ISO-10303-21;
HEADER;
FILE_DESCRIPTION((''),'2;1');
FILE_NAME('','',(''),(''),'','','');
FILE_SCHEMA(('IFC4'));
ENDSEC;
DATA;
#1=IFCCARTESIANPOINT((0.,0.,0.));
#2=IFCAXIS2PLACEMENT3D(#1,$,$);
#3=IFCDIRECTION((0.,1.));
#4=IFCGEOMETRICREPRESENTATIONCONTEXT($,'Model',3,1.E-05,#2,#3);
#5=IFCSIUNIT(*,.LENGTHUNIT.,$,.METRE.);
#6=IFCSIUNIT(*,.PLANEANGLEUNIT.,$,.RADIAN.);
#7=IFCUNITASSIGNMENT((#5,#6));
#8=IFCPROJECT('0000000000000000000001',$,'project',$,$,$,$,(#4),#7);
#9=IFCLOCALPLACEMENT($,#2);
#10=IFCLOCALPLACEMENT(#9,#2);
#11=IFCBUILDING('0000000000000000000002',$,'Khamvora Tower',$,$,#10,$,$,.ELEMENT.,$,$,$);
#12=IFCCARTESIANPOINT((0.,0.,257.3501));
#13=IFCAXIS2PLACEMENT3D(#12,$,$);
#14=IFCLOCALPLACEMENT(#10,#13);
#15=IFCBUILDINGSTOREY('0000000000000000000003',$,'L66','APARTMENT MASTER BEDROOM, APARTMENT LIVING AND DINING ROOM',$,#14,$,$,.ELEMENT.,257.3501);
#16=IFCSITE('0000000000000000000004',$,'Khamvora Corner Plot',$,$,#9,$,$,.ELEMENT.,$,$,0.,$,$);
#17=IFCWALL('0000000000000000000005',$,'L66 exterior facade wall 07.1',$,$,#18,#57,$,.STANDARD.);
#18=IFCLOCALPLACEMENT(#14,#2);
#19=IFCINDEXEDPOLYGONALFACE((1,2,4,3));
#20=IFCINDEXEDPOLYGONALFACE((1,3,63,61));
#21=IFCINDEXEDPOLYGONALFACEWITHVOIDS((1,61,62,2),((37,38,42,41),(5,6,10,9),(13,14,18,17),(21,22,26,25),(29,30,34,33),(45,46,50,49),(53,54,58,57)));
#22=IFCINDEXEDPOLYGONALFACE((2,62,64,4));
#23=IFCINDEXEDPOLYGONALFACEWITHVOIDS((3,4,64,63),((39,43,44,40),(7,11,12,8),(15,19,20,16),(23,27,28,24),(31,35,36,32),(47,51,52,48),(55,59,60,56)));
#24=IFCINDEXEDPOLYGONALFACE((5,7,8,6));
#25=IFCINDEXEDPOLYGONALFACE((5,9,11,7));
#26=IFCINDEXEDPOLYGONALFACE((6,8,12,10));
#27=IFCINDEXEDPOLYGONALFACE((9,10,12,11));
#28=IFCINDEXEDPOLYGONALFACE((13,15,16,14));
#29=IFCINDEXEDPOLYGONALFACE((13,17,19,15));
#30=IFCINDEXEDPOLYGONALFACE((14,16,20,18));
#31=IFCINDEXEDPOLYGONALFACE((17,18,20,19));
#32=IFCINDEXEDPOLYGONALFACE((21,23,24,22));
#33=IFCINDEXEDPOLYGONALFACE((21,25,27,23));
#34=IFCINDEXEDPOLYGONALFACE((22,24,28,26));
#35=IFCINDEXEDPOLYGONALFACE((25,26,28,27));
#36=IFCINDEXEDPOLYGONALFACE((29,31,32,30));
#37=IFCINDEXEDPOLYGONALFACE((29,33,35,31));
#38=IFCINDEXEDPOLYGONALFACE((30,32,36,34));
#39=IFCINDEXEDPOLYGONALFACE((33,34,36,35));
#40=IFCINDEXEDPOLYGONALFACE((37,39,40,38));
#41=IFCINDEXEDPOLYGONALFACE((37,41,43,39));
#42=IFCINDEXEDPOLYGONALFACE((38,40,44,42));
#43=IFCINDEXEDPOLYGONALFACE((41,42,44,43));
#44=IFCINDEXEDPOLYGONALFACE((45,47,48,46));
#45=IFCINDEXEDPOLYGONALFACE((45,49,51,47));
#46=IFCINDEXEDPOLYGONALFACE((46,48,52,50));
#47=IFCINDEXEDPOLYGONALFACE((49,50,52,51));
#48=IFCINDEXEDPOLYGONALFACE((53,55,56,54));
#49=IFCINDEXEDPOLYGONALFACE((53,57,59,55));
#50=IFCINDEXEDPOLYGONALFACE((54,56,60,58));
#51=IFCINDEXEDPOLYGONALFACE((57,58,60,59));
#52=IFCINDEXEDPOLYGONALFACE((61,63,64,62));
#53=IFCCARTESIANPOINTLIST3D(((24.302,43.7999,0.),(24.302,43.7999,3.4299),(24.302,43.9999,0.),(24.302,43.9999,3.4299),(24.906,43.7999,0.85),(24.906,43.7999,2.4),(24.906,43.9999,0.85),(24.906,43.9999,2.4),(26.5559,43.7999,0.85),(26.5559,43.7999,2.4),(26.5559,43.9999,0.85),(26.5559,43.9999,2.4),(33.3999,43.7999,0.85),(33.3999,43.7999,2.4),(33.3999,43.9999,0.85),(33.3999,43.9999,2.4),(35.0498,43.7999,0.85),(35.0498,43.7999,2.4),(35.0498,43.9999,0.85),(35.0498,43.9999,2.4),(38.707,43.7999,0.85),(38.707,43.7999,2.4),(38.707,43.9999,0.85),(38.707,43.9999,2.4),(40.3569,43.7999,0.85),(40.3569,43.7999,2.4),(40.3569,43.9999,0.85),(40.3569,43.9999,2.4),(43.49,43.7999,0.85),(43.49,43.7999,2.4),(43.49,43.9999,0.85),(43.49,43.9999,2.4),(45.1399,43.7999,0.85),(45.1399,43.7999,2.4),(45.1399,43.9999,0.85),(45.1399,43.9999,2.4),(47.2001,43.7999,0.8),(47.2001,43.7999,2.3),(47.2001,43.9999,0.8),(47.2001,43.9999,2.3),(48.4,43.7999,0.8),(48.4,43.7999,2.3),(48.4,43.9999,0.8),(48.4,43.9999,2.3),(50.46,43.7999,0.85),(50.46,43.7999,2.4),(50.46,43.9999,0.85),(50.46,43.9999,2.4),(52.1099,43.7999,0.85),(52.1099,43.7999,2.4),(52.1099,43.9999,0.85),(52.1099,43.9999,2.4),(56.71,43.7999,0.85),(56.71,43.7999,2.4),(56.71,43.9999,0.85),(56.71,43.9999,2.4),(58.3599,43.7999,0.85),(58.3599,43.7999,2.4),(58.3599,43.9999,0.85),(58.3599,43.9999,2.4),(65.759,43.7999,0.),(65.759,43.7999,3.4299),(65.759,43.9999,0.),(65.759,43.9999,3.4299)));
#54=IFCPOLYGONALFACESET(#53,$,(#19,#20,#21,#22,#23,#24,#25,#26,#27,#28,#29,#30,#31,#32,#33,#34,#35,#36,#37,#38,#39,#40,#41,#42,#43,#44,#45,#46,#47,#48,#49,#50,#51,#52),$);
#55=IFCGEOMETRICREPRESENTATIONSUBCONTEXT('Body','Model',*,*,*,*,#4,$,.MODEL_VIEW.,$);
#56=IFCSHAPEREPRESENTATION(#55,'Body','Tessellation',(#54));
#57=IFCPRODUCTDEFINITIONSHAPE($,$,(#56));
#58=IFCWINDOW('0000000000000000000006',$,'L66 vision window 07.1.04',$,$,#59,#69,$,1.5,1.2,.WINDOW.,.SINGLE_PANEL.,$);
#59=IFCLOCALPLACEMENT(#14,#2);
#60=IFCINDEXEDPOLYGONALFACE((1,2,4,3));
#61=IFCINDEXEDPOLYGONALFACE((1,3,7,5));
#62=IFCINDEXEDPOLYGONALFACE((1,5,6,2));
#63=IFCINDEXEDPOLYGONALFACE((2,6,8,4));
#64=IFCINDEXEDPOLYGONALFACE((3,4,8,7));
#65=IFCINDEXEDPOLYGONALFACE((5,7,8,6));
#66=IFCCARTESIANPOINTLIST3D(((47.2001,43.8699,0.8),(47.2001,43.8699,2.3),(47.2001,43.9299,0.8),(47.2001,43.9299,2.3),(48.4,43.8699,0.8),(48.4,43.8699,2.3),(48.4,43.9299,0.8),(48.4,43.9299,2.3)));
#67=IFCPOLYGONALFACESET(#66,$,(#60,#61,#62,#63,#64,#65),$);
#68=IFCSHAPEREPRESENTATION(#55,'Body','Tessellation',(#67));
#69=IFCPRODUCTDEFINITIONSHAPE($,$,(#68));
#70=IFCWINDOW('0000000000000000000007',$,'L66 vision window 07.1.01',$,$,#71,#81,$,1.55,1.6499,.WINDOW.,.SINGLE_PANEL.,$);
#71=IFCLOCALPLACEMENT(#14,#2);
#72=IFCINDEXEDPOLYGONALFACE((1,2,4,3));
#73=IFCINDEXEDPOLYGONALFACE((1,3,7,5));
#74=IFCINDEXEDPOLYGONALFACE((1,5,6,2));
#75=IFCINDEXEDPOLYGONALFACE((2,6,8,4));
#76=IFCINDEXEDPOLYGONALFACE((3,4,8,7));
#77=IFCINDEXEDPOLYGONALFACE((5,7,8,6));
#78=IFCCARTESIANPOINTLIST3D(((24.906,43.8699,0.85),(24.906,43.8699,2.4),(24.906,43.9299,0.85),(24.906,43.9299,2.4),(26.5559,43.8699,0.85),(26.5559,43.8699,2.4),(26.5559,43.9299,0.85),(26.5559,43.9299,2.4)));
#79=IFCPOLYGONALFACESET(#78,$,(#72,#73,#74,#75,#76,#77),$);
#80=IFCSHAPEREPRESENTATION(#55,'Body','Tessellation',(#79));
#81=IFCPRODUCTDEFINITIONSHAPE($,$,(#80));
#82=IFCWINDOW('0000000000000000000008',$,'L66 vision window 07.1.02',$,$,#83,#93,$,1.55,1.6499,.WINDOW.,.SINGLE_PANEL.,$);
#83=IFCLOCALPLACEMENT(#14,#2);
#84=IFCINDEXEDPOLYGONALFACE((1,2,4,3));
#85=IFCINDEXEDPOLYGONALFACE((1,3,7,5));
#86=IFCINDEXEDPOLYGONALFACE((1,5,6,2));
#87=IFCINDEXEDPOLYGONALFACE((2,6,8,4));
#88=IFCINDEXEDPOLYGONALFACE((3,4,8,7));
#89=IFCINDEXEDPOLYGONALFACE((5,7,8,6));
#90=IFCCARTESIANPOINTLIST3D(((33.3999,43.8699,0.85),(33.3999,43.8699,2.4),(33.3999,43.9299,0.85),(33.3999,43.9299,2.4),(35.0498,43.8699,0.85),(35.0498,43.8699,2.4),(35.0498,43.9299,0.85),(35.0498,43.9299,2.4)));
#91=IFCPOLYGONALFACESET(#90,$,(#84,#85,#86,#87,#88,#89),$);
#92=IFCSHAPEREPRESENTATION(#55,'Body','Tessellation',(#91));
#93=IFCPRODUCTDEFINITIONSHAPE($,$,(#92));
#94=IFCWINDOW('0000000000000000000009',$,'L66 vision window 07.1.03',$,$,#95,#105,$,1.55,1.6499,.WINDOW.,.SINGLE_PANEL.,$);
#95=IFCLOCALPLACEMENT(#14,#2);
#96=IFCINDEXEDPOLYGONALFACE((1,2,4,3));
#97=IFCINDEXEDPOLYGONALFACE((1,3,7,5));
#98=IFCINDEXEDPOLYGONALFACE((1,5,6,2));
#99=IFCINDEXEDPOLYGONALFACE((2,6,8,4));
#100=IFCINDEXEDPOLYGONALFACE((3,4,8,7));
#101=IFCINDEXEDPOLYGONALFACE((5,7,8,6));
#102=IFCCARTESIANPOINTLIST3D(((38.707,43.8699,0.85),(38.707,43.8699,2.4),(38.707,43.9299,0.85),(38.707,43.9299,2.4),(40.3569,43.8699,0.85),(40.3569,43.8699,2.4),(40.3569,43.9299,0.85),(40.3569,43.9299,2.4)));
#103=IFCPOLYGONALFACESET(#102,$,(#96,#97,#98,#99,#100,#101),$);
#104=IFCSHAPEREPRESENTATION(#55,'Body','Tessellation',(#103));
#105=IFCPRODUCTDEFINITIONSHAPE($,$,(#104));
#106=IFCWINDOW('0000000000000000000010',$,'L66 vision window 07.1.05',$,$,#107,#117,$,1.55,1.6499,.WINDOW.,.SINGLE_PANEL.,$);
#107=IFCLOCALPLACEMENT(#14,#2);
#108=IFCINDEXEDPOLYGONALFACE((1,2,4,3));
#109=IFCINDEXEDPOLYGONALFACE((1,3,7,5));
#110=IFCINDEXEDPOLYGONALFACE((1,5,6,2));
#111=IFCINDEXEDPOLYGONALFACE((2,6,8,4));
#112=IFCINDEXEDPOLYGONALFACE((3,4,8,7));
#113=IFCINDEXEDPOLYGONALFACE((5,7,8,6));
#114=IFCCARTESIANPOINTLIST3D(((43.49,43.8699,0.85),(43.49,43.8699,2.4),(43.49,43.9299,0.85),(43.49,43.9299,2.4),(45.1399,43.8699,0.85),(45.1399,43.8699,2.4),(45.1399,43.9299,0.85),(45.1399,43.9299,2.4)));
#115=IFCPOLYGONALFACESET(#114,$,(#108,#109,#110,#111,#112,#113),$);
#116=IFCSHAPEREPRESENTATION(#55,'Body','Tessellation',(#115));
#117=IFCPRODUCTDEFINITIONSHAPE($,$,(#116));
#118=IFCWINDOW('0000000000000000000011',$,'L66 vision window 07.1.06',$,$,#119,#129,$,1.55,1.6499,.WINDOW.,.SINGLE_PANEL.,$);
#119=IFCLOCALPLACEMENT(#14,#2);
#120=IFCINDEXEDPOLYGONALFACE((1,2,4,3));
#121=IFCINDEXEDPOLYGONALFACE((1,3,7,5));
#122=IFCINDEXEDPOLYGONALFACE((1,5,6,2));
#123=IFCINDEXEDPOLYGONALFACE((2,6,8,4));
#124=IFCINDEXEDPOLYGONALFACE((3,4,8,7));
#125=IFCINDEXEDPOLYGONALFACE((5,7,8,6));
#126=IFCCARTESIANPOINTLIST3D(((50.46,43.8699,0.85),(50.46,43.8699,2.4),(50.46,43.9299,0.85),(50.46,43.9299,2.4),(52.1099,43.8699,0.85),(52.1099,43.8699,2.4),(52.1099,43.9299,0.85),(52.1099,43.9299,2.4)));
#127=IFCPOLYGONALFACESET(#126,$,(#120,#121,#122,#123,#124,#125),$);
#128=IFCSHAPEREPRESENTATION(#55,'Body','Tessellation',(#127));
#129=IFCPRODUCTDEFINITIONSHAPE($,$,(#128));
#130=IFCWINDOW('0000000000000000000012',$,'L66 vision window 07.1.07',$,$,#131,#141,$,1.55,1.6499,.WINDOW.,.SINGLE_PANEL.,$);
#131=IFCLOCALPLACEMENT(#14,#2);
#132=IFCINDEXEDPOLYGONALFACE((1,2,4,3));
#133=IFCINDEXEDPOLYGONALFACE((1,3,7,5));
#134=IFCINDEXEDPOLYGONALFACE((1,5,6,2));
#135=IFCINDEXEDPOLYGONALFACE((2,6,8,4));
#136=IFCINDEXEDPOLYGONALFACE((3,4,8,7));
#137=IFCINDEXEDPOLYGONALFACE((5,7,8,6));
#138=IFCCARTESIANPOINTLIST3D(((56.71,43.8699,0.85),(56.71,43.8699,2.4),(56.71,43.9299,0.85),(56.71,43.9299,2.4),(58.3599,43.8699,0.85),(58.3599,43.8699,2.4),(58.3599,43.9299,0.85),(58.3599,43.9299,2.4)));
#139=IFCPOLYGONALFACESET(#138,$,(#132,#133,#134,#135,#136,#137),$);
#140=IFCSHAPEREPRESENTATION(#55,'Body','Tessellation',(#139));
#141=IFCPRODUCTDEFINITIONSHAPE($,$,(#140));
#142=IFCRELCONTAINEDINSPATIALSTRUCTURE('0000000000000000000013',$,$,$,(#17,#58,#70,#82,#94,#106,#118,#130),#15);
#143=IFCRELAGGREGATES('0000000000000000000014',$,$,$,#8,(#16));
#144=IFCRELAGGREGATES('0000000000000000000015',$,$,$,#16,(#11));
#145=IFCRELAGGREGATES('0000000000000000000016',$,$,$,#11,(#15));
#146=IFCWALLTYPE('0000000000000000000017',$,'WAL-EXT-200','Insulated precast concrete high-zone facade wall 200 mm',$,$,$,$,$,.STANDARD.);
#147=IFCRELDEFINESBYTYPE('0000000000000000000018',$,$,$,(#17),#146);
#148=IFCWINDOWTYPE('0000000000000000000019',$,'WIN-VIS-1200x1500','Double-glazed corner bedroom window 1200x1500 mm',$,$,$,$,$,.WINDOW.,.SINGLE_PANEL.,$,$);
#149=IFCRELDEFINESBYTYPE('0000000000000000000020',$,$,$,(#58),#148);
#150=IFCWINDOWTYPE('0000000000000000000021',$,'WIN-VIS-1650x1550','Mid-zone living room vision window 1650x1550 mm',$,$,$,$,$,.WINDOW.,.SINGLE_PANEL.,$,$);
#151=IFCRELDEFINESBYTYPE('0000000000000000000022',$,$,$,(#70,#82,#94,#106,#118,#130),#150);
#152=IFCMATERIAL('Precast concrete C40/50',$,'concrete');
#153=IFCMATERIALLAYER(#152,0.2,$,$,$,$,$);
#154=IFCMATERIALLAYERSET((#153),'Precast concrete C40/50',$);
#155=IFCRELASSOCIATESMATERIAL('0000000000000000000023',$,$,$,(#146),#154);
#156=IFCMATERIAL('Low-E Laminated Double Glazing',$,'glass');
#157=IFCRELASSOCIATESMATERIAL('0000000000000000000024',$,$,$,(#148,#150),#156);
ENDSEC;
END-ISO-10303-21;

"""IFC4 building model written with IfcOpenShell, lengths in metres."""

from ifc_helpers import new_model, si_unit, direction, frame, frame_2d, origin, place, context, subcontext, project, spatial, rectangle, extrude, material, layer, layer_set, type_object, element, fill, save


model = new_model("IFC4")

# Units and contexts
model_context = context("Model", 3, precision=1e-05, world=origin(), true_north=direction((0.0, 1.0)))
body_context = subcontext(model_context, "Body", "Model", "MODEL_VIEW")
ifc_project = project(units=[si_unit("LENGTHUNIT", "METRE"), si_unit("PLANEANGLEUNIT", "RADIAN")], contexts=[model_context])

# Site, building, storey
site_placement = place(None, origin())
site = spatial("IfcSite", under=ifc_project, at=site_placement, Name="Khamvora Corner Plot", CompositionType="ELEMENT", RefElevation=0.0)
building_placement = place(site_placement, origin())
building = spatial("IfcBuilding", under=site, at=building_placement, Name="Khamvora Tower", CompositionType="ELEMENT")
storey_placement = place(building_placement, frame((0.0, 0.0, 257.3501)))
storey = spatial("IfcBuildingStorey", under=building, at=storey_placement, Name="L66", Description="APARTMENT MASTER BEDROOM, APARTMENT LIVING AND DINING ROOM", CompositionType="ELEMENT", Elevation=257.3501)

# Shared definitions
ifc_material_1 = material(Name="Precast concrete C40/50", Category="concrete")
ifc_layer_1 = layer(ifc_material_1, 0.2)
ifc_layer_set_1 = layer_set([ifc_layer_1], Name="Precast concrete C40/50")
wall_type_1 = type_object("IfcWallType", Name="WAL-EXT-200", Description="Insulated precast concrete high-zone facade wall 200 mm", PredefinedType="STANDARD", material=ifc_layer_set_1)

# Wall, openings, windows
wall_1_placement = place(storey_placement, frame((24.302, 43.8999, 0.0), z_axis=(0.0, 0.0, 1.0), x_axis=(1.0, 0.0, 0.0)))
wall_1 = element("IfcWall", 1, at=wall_1_placement, inside=storey, type_object=wall_type_1, Name="L66 exterior facade wall 07.1", PredefinedType="STANDARD", context=body_context, shape_type="SweptSolid", body=[
    extrude(rectangle(XDim=41.457, YDim=0.2, at=frame_2d((20.7285, 0.0))), origin(), (0.0, 0.0, 1.0), 3.4299),
])
opening_1_placement = place(wall_1_placement, frame((0.604, 0.0, 0.8501)))
opening_1 = element("IfcOpeningElement", 2, at=opening_1_placement, cuts=wall_1, PredefinedType="OPENING", context=body_context, shape_type="SweptSolid", body=[
    extrude(rectangle(XDim=1.6499, YDim=1.55, at=frame_2d((0.825, 0.7749))), frame((0.0, 0.1099, 0.0), z_axis=(0.0, -1.0, 0.0), x_axis=(1.0, 0.0, 0.0)), (0.0, 0.0, 1.0), 0.22),
])
opening_2_placement = place(wall_1_placement, frame((9.0979, 0.0, 0.8501)))
opening_2 = element("IfcOpeningElement", 3, at=opening_2_placement, cuts=wall_1, PredefinedType="OPENING", context=body_context, shape_type="SweptSolid", body=[
    extrude(rectangle(XDim=1.6499, YDim=1.55, at=frame_2d((0.825, 0.7749))), frame((0.0, 0.1099, 0.0), z_axis=(0.0, -1.0, 0.0), x_axis=(1.0, 0.0, 0.0)), (0.0, 0.0, 1.0), 0.22),
])
opening_3_placement = place(wall_1_placement, frame((14.405, 0.0, 0.8501)))
opening_3 = element("IfcOpeningElement", 4, at=opening_3_placement, cuts=wall_1, PredefinedType="OPENING", context=body_context, shape_type="SweptSolid", body=[
    extrude(rectangle(XDim=1.6499, YDim=1.55, at=frame_2d((0.825, 0.7749))), frame((0.0, 0.1099, 0.0), z_axis=(0.0, -1.0, 0.0), x_axis=(1.0, 0.0, 0.0)), (0.0, 0.0, 1.0), 0.22),
])
opening_4_placement = place(wall_1_placement, frame((22.8979, 0.0, 0.8)))
opening_4 = element("IfcOpeningElement", 5, at=opening_4_placement, cuts=wall_1, PredefinedType="OPENING", context=body_context, shape_type="SweptSolid", body=[
    extrude(rectangle(XDim=1.2, YDim=1.5, at=frame_2d((0.6001, 0.75))), frame((0.0, 0.1099, 0.0), z_axis=(0.0, -1.0, 0.0), x_axis=(1.0, 0.0, 0.0)), (0.0, 0.0, 1.0), 0.22),
])
opening_5_placement = place(wall_1_placement, frame((19.188, 0.0, 0.8501)))
opening_5 = element("IfcOpeningElement", 6, at=opening_5_placement, cuts=wall_1, PredefinedType="OPENING", context=body_context, shape_type="SweptSolid", body=[
    extrude(rectangle(XDim=1.6499, YDim=1.55, at=frame_2d((0.825, 0.7749))), frame((0.0, 0.1099, 0.0), z_axis=(0.0, -1.0, 0.0), x_axis=(1.0, 0.0, 0.0)), (0.0, 0.0, 1.0), 0.22),
])
opening_6_placement = place(wall_1_placement, frame((26.158, 0.0, 0.8501)))
opening_6 = element("IfcOpeningElement", 7, at=opening_6_placement, cuts=wall_1, PredefinedType="OPENING", context=body_context, shape_type="SweptSolid", body=[
    extrude(rectangle(XDim=1.6499, YDim=1.55, at=frame_2d((0.825, 0.7749))), frame((0.0, 0.1099, 0.0), z_axis=(0.0, -1.0, 0.0), x_axis=(1.0, 0.0, 0.0)), (0.0, 0.0, 1.0), 0.22),
])
opening_7_placement = place(wall_1_placement, frame((32.408, 0.0, 0.8501)))
opening_7 = element("IfcOpeningElement", 8, at=opening_7_placement, cuts=wall_1, PredefinedType="OPENING", context=body_context, shape_type="SweptSolid", body=[
    extrude(rectangle(XDim=1.6499, YDim=1.55, at=frame_2d((0.825, 0.7749))), frame((0.0, 0.1099, 0.0), z_axis=(0.0, -1.0, 0.0), x_axis=(1.0, 0.0, 0.0)), (0.0, 0.0, 1.0), 0.22),
])
ifc_material_2 = material(Name="Low-E Laminated Double Glazing", Category="glass")
window_type_1 = type_object("IfcWindowType", Name="WIN-VIS-1200x1500", Description="Double-glazed corner bedroom window 1200x1500 mm", PartitioningType="SINGLE_PANEL", PredefinedType="WINDOW", material=ifc_material_2)
window_1_placement = place(opening_4_placement, origin())
window_1 = element("IfcWindow", 9, at=window_1_placement, inside=storey, type_object=window_type_1, Name="L66 vision window 07.1.04", OverallHeight=1.5, OverallWidth=1.2, PartitioningType="SINGLE_PANEL", PredefinedType="WINDOW", context=body_context, shape_type="SweptSolid", body=[
    extrude(rectangle(XDim=1.2, YDim=1.5, at=frame_2d((0.6001, 0.75))), frame((0.0, 0.03, 0.0), z_axis=(0.0, -1.0, 0.0), x_axis=(1.0, 0.0, 0.0)), (0.0, 0.0, 1.0), 0.0601),
])
fill(opening_4, window_1)
window_type_2 = type_object("IfcWindowType", Name="WIN-VIS-1650x1550", Description="Mid-zone living room vision window 1650x1550 mm", PartitioningType="SINGLE_PANEL", PredefinedType="WINDOW", material=ifc_material_2)
window_2_placement = place(opening_1_placement, origin())
window_2 = element("IfcWindow", 10, at=window_2_placement, inside=storey, type_object=window_type_2, Name="L66 vision window 07.1.01", OverallHeight=1.55, OverallWidth=1.6499, PartitioningType="SINGLE_PANEL", PredefinedType="WINDOW", context=body_context, shape_type="SweptSolid", body=[
    extrude(rectangle(XDim=1.6499, YDim=1.55, at=frame_2d((0.825, 0.7749))), frame((0.0, 0.03, 0.0), z_axis=(0.0, -1.0, 0.0), x_axis=(1.0, 0.0, 0.0)), (0.0, 0.0, 1.0), 0.0601),
])
fill(opening_1, window_2)
window_3_placement = place(opening_2_placement, origin())
window_3 = element("IfcWindow", 11, at=window_3_placement, inside=storey, type_object=window_type_2, Name="L66 vision window 07.1.02", OverallHeight=1.55, OverallWidth=1.6499, PartitioningType="SINGLE_PANEL", PredefinedType="WINDOW", context=body_context, shape_type="SweptSolid", body=[
    extrude(rectangle(XDim=1.6499, YDim=1.55, at=frame_2d((0.825, 0.7749))), frame((0.0, 0.03, 0.0), z_axis=(0.0, -1.0, 0.0), x_axis=(1.0, 0.0, 0.0)), (0.0, 0.0, 1.0), 0.0601),
])
fill(opening_2, window_3)
window_4_placement = place(opening_3_placement, origin())
window_4 = element("IfcWindow", 12, at=window_4_placement, inside=storey, type_object=window_type_2, Name="L66 vision window 07.1.03", OverallHeight=1.55, OverallWidth=1.6499, PartitioningType="SINGLE_PANEL", PredefinedType="WINDOW", context=body_context, shape_type="SweptSolid", body=[
    extrude(rectangle(XDim=1.6499, YDim=1.55, at=frame_2d((0.825, 0.7749))), frame((0.0, 0.03, 0.0), z_axis=(0.0, -1.0, 0.0), x_axis=(1.0, 0.0, 0.0)), (0.0, 0.0, 1.0), 0.0601),
])
fill(opening_3, window_4)
window_5_placement = place(opening_5_placement, origin())
window_5 = element("IfcWindow", 13, at=window_5_placement, inside=storey, type_object=window_type_2, Name="L66 vision window 07.1.05", OverallHeight=1.55, OverallWidth=1.6499, PartitioningType="SINGLE_PANEL", PredefinedType="WINDOW", context=body_context, shape_type="SweptSolid", body=[
    extrude(rectangle(XDim=1.6499, YDim=1.55, at=frame_2d((0.825, 0.7749))), frame((0.0, 0.03, 0.0), z_axis=(0.0, -1.0, 0.0), x_axis=(1.0, 0.0, 0.0)), (0.0, 0.0, 1.0), 0.0601),
])
fill(opening_5, window_5)
window_6_placement = place(opening_6_placement, origin())
window_6 = element("IfcWindow", 14, at=window_6_placement, inside=storey, type_object=window_type_2, Name="L66 vision window 07.1.06", OverallHeight=1.55, OverallWidth=1.6499, PartitioningType="SINGLE_PANEL", PredefinedType="WINDOW", context=body_context, shape_type="SweptSolid", body=[
    extrude(rectangle(XDim=1.6499, YDim=1.55, at=frame_2d((0.825, 0.7749))), frame((0.0, 0.03, 0.0), z_axis=(0.0, -1.0, 0.0), x_axis=(1.0, 0.0, 0.0)), (0.0, 0.0, 1.0), 0.0601),
])
fill(opening_6, window_6)
window_7_placement = place(opening_7_placement, origin())
window_7 = element("IfcWindow", 15, at=window_7_placement, inside=storey, type_object=window_type_2, Name="L66 vision window 07.1.07", OverallHeight=1.55, OverallWidth=1.6499, PartitioningType="SINGLE_PANEL", PredefinedType="WINDOW", context=body_context, shape_type="SweptSolid", body=[
    extrude(rectangle(XDim=1.6499, YDim=1.55, at=frame_2d((0.825, 0.7749))), frame((0.0, 0.03, 0.0), z_axis=(0.0, -1.0, 0.0), x_axis=(1.0, 0.0, 0.0)), (0.0, 0.0, 1.0), 0.0601),
])
fill(opening_7, window_7)

save(model, "model.ifc")
